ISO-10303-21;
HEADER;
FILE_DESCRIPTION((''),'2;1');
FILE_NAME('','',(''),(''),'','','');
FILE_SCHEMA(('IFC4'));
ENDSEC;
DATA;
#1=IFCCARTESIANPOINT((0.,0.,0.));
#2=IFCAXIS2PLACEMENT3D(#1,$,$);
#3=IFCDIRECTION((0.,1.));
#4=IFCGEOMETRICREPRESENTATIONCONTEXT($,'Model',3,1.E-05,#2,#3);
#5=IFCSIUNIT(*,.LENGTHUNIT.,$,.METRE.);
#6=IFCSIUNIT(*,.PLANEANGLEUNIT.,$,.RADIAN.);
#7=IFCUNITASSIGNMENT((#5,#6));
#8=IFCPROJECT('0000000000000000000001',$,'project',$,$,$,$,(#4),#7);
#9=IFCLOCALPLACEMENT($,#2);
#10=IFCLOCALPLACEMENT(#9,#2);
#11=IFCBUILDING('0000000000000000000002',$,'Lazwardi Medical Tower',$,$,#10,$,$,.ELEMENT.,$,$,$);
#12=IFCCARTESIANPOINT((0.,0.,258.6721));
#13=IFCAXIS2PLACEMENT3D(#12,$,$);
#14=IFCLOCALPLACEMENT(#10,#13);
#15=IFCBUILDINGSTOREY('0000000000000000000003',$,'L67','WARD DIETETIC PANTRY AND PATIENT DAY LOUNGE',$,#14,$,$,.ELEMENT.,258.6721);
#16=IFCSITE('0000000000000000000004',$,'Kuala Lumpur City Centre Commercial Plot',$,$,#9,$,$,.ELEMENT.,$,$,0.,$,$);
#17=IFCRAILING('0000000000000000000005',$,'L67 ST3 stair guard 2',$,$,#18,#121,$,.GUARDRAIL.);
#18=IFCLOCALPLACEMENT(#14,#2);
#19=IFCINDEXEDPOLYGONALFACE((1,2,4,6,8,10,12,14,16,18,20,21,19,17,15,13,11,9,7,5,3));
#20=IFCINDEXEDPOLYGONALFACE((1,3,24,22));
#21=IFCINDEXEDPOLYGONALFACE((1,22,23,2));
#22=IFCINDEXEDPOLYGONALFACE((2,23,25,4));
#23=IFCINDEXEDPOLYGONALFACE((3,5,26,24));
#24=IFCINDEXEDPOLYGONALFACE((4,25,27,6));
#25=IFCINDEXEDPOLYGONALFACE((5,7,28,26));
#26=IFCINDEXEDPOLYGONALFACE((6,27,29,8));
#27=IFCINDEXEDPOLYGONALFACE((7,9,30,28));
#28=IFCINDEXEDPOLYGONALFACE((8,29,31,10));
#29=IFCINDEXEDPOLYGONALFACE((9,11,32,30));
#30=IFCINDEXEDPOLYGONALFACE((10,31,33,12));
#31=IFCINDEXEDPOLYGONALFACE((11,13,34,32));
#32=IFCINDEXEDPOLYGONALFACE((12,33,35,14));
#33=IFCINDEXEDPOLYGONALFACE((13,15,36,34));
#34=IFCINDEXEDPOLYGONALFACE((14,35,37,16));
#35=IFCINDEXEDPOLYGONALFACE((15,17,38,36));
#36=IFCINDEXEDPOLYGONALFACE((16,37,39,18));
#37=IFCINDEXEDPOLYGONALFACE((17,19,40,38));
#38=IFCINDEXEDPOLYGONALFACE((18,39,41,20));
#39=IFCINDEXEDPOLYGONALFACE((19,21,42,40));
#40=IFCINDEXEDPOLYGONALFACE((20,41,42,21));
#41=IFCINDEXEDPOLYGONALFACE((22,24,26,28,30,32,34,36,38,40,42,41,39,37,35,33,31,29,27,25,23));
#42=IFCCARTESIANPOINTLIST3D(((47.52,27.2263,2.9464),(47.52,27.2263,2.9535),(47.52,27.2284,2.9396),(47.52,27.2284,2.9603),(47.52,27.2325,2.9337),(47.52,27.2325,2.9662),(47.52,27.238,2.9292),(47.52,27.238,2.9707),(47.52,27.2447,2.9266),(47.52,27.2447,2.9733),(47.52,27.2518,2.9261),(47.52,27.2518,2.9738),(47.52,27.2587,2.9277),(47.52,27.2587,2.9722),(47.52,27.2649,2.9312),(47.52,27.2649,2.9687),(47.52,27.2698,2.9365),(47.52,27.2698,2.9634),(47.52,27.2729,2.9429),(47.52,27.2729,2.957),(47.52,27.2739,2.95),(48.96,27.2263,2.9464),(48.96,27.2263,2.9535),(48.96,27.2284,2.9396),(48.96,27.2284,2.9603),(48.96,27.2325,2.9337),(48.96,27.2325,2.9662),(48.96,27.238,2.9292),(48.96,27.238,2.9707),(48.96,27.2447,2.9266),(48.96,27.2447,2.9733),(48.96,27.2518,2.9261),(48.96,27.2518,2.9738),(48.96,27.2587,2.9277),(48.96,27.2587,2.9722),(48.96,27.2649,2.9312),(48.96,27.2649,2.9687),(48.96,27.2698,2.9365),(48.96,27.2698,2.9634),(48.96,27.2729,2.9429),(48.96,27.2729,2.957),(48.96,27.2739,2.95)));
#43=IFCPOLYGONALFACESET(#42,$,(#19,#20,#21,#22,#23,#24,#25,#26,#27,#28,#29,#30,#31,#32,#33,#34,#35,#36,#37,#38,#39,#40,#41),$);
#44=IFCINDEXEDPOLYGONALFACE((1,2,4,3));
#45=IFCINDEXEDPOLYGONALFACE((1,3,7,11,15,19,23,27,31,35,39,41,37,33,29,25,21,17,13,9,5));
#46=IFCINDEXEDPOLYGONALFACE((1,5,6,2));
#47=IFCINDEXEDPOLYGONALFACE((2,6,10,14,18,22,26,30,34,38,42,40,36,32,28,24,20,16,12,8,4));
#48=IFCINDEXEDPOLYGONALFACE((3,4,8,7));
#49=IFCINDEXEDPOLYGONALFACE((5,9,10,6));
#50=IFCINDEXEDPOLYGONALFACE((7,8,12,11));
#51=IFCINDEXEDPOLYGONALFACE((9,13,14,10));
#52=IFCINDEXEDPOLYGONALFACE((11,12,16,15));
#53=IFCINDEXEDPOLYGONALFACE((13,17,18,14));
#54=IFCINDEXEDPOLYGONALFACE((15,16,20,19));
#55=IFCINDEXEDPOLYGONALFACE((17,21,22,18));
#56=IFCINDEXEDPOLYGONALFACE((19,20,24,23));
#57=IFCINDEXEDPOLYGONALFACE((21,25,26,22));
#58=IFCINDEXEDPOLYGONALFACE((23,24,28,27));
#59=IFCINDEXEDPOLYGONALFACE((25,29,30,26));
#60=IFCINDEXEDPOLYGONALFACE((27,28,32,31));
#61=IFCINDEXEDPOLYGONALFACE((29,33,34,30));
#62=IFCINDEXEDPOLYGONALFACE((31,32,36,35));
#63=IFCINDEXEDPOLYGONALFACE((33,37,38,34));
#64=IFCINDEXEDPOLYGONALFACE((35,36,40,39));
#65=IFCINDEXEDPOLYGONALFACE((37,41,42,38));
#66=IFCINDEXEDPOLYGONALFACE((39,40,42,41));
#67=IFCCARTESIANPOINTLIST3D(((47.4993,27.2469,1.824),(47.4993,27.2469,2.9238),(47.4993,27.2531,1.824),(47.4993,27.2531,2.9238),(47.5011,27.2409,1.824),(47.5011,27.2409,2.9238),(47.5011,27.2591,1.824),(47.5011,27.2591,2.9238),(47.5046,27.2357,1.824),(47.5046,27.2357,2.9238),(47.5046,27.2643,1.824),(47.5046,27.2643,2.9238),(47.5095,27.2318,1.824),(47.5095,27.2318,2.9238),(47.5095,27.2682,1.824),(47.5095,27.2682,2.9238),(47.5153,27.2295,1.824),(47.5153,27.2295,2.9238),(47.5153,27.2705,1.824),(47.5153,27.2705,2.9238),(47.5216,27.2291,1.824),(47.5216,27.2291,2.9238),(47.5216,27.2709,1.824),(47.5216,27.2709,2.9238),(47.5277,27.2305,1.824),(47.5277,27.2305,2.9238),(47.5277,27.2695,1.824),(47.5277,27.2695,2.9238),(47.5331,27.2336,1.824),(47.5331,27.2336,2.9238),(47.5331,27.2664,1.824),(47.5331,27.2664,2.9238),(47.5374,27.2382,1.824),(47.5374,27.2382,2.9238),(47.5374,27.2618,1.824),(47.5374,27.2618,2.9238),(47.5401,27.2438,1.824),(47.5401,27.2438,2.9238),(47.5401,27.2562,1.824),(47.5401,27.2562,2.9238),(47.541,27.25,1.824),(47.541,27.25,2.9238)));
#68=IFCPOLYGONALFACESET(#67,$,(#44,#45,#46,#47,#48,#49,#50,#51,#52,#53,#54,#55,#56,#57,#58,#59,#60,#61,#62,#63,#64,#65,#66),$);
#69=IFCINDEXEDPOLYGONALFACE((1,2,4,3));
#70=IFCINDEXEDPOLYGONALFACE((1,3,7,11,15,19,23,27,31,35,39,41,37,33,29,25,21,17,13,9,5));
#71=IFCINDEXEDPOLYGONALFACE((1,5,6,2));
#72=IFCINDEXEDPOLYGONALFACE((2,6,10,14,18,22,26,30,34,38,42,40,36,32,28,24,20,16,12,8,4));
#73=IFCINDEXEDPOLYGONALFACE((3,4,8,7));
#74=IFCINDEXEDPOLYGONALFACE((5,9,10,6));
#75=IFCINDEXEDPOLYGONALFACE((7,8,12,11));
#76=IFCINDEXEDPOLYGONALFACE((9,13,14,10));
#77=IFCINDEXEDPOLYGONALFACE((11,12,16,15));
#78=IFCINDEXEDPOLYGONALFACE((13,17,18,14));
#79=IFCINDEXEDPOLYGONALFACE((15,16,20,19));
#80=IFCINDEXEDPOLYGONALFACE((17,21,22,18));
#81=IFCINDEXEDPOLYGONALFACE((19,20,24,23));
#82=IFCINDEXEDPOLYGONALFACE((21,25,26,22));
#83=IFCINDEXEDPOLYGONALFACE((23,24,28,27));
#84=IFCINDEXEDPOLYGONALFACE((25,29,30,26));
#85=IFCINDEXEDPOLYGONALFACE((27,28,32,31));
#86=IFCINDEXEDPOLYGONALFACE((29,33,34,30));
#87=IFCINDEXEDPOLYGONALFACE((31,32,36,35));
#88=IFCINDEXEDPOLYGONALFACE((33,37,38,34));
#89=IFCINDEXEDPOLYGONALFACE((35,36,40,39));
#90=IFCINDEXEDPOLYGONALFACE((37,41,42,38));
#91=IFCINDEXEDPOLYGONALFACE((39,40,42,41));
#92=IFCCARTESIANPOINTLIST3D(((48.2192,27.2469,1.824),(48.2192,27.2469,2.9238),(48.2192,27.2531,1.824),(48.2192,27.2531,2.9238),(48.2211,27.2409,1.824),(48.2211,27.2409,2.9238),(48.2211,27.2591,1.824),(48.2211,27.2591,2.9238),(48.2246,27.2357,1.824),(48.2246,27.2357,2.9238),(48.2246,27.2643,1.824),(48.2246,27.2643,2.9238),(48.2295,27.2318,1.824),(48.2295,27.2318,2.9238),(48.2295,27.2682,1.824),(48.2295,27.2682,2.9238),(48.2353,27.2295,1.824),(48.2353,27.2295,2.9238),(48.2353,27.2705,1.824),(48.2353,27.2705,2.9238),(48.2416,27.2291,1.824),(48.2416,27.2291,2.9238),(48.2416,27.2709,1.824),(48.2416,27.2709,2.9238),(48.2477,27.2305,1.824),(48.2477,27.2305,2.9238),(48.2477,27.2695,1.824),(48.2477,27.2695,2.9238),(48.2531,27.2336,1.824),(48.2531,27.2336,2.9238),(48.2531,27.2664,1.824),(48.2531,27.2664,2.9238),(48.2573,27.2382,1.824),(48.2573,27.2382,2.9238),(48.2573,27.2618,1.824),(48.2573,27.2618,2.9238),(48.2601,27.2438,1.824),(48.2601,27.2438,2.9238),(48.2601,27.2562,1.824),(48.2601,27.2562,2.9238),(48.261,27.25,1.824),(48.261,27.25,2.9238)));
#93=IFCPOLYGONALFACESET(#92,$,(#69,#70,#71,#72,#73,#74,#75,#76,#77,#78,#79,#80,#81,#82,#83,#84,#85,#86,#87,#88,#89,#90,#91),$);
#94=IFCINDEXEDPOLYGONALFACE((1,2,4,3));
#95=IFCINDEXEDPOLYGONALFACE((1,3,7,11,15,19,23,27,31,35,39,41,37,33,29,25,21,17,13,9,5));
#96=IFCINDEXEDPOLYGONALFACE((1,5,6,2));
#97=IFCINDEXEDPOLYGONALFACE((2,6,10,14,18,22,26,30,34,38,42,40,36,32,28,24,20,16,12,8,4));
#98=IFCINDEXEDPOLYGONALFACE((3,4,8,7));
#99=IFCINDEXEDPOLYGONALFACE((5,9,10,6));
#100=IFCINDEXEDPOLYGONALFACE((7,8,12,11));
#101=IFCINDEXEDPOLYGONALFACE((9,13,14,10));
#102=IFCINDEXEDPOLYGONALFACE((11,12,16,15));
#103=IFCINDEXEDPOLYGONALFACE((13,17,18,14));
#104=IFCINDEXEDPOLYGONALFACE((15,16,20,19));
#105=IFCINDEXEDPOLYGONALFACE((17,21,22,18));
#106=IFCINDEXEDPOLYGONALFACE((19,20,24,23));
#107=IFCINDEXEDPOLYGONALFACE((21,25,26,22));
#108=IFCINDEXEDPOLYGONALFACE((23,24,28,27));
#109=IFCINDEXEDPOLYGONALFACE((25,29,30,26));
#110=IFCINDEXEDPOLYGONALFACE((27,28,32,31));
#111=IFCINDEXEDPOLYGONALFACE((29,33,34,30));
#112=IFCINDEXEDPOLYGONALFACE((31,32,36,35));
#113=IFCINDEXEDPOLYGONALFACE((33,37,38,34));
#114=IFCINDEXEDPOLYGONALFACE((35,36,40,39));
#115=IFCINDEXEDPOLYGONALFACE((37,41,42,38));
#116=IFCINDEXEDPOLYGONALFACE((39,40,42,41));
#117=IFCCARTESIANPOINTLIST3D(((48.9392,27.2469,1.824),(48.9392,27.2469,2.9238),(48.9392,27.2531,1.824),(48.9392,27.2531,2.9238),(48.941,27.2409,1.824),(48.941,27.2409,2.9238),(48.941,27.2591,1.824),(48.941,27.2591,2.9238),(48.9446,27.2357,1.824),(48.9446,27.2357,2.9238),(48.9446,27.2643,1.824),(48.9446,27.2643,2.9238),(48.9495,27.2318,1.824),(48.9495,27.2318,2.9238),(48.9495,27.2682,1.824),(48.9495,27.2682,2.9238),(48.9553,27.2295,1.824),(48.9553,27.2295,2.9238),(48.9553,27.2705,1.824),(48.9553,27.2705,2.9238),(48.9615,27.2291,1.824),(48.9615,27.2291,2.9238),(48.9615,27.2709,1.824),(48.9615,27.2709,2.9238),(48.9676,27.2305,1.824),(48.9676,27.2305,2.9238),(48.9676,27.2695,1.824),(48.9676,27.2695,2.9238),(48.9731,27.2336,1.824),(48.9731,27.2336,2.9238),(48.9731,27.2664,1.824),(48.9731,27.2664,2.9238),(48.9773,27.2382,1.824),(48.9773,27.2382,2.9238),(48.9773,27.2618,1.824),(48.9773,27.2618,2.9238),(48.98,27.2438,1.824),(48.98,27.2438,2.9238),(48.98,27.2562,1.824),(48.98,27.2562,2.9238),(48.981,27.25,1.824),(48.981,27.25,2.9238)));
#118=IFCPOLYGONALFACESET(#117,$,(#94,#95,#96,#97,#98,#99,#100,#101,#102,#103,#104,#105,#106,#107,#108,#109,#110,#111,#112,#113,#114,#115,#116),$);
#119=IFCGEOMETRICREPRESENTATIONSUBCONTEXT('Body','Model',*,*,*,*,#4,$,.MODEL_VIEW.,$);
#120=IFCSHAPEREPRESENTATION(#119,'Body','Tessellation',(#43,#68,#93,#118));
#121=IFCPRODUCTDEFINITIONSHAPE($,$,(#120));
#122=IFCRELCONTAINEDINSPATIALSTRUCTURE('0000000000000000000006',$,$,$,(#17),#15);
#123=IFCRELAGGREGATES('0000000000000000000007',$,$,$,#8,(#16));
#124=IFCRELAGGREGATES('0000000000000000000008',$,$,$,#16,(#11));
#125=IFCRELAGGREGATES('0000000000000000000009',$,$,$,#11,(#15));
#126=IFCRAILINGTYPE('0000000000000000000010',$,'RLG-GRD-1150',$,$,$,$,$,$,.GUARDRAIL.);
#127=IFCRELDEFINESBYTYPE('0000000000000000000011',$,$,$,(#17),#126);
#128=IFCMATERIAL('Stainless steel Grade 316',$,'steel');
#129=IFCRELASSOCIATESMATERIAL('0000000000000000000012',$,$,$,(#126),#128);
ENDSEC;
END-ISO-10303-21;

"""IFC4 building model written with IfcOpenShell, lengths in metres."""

from ifc_helpers import new_model, si_unit, direction, frame, origin, origin_2d, place, context, subcontext, project, spatial, circle, extrude, material, type_object, element, save


model = new_model("IFC4")

# Units and contexts
model_context = context("Model", 3, precision=1e-05, world=origin(), true_north=direction((0.0, 1.0)))
body_context = subcontext(model_context, "Body", "Model", "MODEL_VIEW")
ifc_project = project(units=[si_unit("LENGTHUNIT", "METRE"), si_unit("PLANEANGLEUNIT", "RADIAN")], contexts=[model_context])

# Site, building, storey
site_placement = place(None, origin())
site = spatial("IfcSite", under=ifc_project, at=site_placement, Name="Kuala Lumpur City Centre Commercial Plot", CompositionType="ELEMENT", RefElevation=0.0)
building_placement = place(site_placement, origin())
building = spatial("IfcBuilding", under=site, at=building_placement, Name="Lazwardi Medical Tower", CompositionType="ELEMENT")
storey_placement = place(building_placement, frame((0.0, 0.0, 258.6721)))
storey = spatial("IfcBuildingStorey", under=building, at=storey_placement, Name="L67", Description="WARD DIETETIC PANTRY AND PATIENT DAY LOUNGE", CompositionType="ELEMENT", Elevation=258.6721)

# Railing
ifc_material_1 = material(Name="Stainless steel Grade 316", Category="steel")
railing_type_1 = type_object("IfcRailingType", Name="RLG-GRD-1150", PredefinedType="GUARDRAIL", material=ifc_material_1)
railing_1_placement = place(storey_placement, frame((47.52, 27.25, 1.824)))
element("IfcRailing", 1, at=railing_1_placement, inside=storey, type_object=railing_type_1, Name="L67 ST3 stair guard 2", PredefinedType="GUARDRAIL", context=body_context, shape_type="SweptSolid", body=[
    extrude(circle(Radius=0.0239, at=origin_2d()), frame((0.0, 0.0, 1.126), z_axis=(1.0, 0.0, 0.0), x_axis=(0.0, 1.0, 0.0)), (0.0, 0.0, 1.0), 1.4399),
    extrude(circle(Radius=0.021, at=origin_2d()), origin(), (0.0, 0.0, 1.0), 1.0999),
    extrude(circle(Radius=0.021, at=origin_2d()), frame((0.72, 0.0, 0.0)), (0.0, 0.0, 1.0), 1.0999),
    extrude(circle(Radius=0.021, at=origin_2d()), frame((1.4399, 0.0, 0.0)), (0.0, 0.0, 1.0), 1.0999),
])

save(model, "model.ifc")
